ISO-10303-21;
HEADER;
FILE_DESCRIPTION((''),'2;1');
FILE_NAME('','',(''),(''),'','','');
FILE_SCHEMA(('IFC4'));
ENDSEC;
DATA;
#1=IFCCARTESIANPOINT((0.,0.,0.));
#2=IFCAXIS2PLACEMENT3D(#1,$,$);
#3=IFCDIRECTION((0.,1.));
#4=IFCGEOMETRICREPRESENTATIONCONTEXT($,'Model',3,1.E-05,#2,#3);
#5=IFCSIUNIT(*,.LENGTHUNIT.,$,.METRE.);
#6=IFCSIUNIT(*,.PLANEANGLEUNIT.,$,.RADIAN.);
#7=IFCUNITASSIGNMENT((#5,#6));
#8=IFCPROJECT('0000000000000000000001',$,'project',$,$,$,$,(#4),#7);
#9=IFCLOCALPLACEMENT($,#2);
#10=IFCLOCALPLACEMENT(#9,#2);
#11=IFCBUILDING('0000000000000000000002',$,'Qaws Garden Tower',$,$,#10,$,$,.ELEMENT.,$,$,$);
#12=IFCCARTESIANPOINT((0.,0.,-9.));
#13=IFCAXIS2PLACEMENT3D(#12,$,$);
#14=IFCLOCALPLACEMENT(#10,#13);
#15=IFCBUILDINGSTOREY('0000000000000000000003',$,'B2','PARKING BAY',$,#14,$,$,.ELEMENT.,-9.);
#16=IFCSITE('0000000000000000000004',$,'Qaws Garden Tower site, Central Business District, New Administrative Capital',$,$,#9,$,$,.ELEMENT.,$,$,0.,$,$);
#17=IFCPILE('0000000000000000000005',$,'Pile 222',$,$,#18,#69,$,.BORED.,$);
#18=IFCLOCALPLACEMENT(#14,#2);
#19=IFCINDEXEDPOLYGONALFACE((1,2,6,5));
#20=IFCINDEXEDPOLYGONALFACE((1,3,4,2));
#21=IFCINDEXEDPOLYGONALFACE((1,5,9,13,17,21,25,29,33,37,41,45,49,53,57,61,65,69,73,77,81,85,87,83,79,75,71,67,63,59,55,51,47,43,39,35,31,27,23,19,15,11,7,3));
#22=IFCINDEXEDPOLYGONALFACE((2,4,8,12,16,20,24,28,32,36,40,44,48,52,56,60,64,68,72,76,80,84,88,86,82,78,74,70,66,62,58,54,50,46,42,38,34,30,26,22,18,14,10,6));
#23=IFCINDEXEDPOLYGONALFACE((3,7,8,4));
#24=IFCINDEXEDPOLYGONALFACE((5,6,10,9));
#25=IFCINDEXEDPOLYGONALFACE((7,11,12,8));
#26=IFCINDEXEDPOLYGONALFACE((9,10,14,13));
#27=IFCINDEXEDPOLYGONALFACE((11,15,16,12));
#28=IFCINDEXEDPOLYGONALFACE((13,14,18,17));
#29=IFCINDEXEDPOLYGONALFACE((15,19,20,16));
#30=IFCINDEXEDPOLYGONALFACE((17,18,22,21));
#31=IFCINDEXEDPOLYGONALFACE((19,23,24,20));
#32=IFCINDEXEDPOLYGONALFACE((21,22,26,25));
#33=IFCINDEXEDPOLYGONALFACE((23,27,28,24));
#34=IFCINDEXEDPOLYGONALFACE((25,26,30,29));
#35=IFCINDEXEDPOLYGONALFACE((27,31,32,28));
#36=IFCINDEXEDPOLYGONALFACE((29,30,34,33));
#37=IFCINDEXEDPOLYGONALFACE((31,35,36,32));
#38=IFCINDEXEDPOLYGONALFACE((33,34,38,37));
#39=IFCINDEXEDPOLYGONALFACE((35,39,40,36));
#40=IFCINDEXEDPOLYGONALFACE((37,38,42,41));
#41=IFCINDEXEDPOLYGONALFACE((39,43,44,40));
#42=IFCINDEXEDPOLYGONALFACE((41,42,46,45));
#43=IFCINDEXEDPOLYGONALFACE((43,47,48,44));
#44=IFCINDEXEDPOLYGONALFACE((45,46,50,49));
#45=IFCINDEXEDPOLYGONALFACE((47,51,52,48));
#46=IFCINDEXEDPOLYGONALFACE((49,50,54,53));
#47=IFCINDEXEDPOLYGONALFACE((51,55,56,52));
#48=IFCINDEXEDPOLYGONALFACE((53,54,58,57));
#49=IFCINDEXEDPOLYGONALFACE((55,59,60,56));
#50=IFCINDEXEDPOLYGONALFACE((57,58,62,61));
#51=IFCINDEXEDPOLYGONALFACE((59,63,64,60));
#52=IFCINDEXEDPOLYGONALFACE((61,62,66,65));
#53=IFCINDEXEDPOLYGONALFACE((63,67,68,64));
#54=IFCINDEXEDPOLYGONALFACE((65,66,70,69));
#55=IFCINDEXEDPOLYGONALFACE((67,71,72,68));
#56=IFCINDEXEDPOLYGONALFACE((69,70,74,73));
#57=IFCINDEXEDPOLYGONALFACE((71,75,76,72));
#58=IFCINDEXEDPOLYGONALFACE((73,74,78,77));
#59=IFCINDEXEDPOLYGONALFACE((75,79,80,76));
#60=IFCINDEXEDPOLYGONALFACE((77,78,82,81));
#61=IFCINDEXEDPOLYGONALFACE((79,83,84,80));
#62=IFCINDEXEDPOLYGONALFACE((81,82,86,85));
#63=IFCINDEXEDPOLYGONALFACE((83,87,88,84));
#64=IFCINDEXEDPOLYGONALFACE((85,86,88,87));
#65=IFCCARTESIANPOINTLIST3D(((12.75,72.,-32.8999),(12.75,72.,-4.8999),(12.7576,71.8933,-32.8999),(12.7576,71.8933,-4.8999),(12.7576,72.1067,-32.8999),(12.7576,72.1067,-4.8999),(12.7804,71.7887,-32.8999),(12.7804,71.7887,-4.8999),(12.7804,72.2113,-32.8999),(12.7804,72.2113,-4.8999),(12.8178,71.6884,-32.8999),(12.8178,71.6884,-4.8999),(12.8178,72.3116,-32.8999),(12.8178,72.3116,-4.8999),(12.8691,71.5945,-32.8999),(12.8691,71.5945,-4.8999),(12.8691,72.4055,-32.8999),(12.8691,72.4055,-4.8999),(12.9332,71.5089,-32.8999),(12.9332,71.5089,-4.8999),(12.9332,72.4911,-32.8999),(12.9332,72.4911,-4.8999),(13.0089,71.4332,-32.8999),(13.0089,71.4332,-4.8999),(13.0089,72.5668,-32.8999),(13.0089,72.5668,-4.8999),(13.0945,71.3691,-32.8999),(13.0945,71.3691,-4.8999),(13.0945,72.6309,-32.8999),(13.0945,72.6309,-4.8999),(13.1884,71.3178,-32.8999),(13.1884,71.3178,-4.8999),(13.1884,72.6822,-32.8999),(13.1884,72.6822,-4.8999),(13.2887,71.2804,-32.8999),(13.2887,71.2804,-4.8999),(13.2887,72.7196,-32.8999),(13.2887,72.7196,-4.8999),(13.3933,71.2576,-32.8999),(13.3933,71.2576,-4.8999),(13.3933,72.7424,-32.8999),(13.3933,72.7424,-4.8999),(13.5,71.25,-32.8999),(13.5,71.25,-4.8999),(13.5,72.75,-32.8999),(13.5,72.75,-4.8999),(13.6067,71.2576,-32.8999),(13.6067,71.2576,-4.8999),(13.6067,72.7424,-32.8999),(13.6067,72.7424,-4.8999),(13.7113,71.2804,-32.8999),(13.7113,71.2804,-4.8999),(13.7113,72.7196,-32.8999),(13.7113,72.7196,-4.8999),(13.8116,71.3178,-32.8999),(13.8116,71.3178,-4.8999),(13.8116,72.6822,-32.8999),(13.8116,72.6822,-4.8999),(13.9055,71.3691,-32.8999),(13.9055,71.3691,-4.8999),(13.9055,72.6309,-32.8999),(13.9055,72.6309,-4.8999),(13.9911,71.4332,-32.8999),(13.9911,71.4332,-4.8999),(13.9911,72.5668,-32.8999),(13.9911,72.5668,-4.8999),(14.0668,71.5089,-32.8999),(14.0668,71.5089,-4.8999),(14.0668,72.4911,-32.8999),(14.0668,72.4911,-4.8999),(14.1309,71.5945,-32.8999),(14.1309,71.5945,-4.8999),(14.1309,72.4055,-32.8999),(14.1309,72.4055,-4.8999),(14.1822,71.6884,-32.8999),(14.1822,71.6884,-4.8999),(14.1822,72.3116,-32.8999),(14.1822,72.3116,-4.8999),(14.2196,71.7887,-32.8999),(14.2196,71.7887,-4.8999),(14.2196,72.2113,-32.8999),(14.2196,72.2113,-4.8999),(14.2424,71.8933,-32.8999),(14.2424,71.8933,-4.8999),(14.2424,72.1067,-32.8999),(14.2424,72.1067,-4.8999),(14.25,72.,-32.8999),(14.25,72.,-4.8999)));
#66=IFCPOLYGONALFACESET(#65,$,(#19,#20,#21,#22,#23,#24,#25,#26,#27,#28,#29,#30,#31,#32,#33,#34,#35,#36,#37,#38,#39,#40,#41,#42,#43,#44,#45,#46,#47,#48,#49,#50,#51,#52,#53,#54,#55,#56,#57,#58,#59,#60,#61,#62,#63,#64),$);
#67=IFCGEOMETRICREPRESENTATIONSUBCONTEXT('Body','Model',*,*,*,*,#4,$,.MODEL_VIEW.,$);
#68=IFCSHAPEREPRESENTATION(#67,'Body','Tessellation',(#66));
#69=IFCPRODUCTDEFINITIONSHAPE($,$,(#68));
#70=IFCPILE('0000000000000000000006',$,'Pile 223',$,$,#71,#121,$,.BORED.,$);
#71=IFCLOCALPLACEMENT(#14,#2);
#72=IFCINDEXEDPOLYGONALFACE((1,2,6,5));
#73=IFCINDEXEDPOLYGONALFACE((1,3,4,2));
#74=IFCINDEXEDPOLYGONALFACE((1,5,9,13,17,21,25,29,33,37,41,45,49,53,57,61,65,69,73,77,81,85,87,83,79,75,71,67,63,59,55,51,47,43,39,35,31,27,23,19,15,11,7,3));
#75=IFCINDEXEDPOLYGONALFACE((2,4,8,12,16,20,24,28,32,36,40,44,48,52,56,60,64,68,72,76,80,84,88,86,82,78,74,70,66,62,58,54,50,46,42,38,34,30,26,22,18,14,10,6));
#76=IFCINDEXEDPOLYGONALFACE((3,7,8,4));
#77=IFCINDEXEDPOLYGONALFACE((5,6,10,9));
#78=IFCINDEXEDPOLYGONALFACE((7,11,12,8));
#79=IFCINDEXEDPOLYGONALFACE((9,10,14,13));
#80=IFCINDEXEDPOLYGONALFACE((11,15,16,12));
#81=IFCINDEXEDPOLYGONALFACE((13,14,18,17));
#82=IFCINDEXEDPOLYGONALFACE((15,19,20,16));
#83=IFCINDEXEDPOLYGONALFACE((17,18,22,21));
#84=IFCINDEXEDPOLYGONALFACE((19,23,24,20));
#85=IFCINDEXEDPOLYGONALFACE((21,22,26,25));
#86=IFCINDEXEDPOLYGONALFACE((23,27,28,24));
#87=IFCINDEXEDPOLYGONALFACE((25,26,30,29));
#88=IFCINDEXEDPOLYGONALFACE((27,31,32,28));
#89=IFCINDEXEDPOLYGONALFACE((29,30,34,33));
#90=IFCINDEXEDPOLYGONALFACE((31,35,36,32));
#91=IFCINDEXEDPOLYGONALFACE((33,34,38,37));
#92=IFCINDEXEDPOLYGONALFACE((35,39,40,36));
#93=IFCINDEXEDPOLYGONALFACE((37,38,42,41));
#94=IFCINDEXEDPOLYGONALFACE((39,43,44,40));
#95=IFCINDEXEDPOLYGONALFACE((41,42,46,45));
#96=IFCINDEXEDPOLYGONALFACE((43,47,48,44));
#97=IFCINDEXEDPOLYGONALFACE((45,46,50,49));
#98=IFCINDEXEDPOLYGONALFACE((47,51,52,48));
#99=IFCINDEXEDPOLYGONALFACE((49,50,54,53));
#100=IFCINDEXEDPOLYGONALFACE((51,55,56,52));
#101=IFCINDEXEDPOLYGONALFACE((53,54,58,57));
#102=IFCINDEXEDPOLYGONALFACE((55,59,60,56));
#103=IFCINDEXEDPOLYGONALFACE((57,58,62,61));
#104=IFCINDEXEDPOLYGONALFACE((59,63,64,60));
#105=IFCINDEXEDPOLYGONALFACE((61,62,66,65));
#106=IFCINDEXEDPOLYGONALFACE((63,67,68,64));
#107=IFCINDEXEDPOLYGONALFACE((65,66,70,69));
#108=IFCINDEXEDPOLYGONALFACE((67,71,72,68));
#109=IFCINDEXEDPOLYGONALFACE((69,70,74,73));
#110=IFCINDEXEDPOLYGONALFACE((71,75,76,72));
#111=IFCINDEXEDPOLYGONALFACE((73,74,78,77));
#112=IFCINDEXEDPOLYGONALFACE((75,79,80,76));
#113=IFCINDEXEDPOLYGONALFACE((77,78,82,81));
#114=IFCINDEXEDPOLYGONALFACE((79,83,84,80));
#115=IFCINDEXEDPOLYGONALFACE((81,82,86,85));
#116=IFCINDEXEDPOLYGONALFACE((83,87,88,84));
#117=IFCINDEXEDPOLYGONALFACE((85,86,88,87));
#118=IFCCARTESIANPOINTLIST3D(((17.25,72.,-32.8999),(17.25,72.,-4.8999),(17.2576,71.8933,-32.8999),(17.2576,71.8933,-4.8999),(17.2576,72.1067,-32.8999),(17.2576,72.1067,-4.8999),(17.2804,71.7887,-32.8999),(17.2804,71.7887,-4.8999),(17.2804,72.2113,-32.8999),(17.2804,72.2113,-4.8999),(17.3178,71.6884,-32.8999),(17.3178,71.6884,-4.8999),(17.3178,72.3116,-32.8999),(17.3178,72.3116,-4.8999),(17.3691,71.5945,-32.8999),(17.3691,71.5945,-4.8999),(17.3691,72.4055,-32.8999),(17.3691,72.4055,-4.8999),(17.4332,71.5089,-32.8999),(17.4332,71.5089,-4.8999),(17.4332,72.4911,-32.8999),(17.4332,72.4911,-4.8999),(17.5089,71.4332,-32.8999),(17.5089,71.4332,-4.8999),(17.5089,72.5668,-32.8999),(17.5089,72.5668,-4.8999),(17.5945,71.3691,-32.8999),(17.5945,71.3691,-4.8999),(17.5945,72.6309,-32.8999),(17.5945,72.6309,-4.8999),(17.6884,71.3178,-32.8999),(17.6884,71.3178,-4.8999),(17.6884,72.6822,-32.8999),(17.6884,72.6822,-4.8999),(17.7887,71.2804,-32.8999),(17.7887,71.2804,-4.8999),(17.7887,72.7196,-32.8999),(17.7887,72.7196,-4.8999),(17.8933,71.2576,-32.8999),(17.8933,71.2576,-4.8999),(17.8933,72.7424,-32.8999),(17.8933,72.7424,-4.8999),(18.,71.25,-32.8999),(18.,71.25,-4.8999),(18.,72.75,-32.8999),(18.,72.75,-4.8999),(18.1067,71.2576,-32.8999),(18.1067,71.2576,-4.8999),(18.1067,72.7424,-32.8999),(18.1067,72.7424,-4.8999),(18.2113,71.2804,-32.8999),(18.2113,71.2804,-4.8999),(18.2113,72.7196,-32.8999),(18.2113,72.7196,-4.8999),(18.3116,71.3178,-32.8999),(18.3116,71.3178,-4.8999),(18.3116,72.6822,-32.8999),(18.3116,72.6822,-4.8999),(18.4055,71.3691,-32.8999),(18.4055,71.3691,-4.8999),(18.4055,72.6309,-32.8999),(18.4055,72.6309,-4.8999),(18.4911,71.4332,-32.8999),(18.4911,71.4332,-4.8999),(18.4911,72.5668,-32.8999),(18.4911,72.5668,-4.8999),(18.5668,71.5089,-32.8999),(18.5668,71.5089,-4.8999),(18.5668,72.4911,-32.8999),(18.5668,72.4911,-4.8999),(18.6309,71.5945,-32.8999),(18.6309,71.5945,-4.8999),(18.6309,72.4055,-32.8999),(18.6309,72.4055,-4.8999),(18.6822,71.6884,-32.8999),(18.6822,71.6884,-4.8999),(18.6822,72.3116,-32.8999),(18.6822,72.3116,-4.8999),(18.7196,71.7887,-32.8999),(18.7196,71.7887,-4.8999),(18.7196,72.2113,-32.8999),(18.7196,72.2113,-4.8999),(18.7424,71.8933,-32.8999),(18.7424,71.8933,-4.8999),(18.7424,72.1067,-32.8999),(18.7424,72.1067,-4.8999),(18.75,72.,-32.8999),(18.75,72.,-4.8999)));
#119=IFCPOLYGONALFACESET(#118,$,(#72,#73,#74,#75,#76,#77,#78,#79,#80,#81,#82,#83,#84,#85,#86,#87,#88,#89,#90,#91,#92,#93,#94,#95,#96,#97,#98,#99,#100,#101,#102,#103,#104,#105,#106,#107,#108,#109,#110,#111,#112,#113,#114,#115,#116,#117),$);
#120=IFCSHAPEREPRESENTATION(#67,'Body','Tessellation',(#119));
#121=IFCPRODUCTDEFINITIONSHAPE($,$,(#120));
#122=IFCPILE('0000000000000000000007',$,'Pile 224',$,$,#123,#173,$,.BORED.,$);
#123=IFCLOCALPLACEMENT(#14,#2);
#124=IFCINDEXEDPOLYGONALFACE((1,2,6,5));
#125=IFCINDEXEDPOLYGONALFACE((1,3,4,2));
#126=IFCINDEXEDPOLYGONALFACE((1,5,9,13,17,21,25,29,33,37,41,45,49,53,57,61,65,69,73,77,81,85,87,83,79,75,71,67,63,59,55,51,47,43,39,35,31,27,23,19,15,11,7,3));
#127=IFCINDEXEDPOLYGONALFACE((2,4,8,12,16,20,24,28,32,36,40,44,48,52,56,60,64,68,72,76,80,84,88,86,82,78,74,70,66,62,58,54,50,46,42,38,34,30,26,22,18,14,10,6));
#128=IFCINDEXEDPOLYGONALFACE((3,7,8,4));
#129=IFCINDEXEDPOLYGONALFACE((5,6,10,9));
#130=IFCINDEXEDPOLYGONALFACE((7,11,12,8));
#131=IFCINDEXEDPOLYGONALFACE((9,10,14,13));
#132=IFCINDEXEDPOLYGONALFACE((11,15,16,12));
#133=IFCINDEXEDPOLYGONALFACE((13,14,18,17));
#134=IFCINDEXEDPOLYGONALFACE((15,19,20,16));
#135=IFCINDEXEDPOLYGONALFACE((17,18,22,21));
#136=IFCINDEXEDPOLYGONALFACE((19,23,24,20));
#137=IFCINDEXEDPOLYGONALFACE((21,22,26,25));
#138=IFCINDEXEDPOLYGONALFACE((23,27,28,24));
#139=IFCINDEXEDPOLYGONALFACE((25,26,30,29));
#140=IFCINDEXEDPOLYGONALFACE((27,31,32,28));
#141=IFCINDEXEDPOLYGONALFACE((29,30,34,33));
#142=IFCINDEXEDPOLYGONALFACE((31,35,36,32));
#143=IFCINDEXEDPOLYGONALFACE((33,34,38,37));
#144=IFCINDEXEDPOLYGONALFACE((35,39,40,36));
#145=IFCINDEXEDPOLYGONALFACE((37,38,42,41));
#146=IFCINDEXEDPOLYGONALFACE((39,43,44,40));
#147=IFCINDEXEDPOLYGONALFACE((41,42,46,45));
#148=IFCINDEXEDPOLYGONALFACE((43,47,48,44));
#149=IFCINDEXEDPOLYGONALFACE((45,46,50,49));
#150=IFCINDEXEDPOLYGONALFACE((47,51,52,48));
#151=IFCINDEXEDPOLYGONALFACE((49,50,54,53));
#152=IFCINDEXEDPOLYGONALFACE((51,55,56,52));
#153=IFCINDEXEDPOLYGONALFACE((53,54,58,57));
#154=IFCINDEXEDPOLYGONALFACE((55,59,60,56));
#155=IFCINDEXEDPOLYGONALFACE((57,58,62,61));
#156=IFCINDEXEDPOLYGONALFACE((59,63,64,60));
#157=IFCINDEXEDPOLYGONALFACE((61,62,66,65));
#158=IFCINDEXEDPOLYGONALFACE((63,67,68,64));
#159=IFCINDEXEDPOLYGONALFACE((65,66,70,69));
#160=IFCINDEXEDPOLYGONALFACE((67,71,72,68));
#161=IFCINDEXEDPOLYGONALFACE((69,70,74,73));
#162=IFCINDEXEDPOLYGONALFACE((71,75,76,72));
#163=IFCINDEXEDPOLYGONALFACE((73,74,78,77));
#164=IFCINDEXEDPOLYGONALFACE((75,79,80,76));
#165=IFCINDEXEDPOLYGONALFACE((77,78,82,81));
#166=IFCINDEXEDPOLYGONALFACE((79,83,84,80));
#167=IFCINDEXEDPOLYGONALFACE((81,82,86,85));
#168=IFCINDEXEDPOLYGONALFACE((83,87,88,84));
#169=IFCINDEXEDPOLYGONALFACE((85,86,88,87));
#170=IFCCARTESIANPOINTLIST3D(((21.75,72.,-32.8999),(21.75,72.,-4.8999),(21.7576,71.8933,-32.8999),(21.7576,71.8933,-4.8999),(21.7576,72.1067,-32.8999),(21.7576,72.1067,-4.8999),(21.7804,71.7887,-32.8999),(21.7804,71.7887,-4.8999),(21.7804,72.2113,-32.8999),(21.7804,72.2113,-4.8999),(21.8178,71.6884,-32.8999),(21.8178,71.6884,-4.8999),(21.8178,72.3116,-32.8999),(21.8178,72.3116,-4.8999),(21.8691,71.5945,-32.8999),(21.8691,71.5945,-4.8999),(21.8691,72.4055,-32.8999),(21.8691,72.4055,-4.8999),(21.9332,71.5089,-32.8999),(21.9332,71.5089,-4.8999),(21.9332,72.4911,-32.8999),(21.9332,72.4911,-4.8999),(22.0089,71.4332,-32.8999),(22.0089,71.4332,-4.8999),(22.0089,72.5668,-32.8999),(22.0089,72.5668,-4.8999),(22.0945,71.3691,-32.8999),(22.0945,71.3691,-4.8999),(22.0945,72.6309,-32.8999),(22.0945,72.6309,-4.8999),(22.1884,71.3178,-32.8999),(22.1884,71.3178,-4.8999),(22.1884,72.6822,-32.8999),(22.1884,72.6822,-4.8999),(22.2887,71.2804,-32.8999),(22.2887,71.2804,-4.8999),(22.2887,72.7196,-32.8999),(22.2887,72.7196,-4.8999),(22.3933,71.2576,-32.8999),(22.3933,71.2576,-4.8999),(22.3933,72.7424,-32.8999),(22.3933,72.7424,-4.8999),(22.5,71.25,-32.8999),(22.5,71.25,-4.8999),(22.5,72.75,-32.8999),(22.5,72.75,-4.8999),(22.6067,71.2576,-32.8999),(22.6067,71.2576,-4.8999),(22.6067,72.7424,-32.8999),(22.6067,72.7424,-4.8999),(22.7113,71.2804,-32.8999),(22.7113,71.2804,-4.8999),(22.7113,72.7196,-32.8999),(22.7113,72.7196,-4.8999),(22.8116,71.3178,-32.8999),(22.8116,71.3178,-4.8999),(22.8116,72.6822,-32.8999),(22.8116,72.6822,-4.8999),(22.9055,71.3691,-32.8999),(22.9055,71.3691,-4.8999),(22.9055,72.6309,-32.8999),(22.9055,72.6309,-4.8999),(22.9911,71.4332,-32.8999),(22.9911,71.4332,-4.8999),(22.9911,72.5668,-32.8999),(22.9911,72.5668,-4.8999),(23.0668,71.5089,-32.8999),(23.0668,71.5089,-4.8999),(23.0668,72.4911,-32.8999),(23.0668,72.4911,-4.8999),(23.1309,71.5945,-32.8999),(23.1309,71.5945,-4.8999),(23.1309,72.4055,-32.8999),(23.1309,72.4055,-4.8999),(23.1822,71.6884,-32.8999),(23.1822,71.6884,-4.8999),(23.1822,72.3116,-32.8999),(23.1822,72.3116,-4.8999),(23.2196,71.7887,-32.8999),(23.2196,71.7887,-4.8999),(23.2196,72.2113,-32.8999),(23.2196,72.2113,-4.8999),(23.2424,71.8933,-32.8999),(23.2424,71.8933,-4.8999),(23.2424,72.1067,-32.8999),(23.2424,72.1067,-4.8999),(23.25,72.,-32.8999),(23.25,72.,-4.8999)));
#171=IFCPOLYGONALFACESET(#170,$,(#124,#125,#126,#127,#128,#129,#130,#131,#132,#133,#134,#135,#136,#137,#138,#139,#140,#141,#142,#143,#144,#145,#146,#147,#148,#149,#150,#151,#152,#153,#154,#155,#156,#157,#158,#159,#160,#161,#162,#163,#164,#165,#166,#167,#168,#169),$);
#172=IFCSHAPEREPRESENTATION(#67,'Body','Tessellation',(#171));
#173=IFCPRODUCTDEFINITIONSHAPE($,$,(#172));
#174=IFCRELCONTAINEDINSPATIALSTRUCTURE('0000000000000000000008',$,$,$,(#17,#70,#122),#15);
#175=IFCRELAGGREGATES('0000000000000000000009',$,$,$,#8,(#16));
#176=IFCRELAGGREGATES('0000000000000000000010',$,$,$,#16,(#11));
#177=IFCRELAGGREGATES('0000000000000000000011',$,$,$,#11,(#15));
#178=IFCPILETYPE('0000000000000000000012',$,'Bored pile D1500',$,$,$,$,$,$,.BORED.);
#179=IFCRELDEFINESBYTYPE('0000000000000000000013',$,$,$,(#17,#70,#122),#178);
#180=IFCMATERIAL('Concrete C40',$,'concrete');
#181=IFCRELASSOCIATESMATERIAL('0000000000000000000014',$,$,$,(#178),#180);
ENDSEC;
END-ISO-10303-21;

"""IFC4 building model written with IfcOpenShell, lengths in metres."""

from ifc_helpers import new_model, si_unit, direction, frame, origin, origin_2d, place, context, subcontext, project, spatial, circle, extrude, material, material_profile, profile_set, type_object, element, save


model = new_model("IFC4")

# Units and contexts
model_context = context("Model", 3, precision=1e-05, world=origin(), true_north=direction((0.0, 1.0)))
body_context = subcontext(model_context, "Body", "Model", "MODEL_VIEW")
ifc_project = project(units=[si_unit("LENGTHUNIT", "METRE"), si_unit("PLANEANGLEUNIT", "RADIAN")], contexts=[model_context])

# Site, building, storey
site_placement = place(None, origin())
site = spatial("IfcSite", under=ifc_project, at=site_placement, Name="Qaws Garden Tower site, Central Business District, New Administrative Capital", CompositionType="ELEMENT", RefElevation=0.0)
building_placement = place(site_placement, origin())
building = spatial("IfcBuilding", under=site, at=building_placement, Name="Qaws Garden Tower", CompositionType="ELEMENT")
storey_placement = place(building_placement, frame((0.0, 0.0, -9.0)))
storey = spatial("IfcBuildingStorey", under=building, at=storey_placement, Name="B2", Description="PARKING BAY", CompositionType="ELEMENT", Elevation=-9.0)

# Piles
ifc_material_1 = material(Name="Concrete C40", Category="concrete")
ifc_material_profile_1 = material_profile(ifc_material_1, circle(Radius=0.75, at=origin_2d()), Name="Bored pile D1500")
ifc_profile_set_1 = profile_set([ifc_material_profile_1], Name="Concrete C40")
pile_type = type_object("IfcPileType", Name="Bored pile D1500", PredefinedType="BORED", material=ifc_profile_set_1)
for number, where, z_axis, x_axis, name in (
    (1, (13.5, 72.0, -4.8999), (0.0, 0.0, -1.0), (1.0, 0.0, 0.0), "Pile 222"),
    (2, (18.0, 72.0, -4.8999), (0.0, 0.0, -1.0), (1.0, 0.0, 0.0), "Pile 223"),
    (3, (22.5, 72.0, -4.8999), (0.0, 0.0, -1.0), (1.0, 0.0, 0.0), "Pile 224"),
):
    element("IfcPile", number, at=place(storey_placement, frame(where, z_axis=z_axis, x_axis=x_axis)), inside=storey, type_object=pile_type, Name=name, PredefinedType="BORED", context=body_context, shape_type="SweptSolid", body=[
        extrude(circle(Radius=0.75, at=origin_2d()), origin(), (0.0, 0.0, 1.0), 28.0),
    ])

save(model, "model.ifc")
